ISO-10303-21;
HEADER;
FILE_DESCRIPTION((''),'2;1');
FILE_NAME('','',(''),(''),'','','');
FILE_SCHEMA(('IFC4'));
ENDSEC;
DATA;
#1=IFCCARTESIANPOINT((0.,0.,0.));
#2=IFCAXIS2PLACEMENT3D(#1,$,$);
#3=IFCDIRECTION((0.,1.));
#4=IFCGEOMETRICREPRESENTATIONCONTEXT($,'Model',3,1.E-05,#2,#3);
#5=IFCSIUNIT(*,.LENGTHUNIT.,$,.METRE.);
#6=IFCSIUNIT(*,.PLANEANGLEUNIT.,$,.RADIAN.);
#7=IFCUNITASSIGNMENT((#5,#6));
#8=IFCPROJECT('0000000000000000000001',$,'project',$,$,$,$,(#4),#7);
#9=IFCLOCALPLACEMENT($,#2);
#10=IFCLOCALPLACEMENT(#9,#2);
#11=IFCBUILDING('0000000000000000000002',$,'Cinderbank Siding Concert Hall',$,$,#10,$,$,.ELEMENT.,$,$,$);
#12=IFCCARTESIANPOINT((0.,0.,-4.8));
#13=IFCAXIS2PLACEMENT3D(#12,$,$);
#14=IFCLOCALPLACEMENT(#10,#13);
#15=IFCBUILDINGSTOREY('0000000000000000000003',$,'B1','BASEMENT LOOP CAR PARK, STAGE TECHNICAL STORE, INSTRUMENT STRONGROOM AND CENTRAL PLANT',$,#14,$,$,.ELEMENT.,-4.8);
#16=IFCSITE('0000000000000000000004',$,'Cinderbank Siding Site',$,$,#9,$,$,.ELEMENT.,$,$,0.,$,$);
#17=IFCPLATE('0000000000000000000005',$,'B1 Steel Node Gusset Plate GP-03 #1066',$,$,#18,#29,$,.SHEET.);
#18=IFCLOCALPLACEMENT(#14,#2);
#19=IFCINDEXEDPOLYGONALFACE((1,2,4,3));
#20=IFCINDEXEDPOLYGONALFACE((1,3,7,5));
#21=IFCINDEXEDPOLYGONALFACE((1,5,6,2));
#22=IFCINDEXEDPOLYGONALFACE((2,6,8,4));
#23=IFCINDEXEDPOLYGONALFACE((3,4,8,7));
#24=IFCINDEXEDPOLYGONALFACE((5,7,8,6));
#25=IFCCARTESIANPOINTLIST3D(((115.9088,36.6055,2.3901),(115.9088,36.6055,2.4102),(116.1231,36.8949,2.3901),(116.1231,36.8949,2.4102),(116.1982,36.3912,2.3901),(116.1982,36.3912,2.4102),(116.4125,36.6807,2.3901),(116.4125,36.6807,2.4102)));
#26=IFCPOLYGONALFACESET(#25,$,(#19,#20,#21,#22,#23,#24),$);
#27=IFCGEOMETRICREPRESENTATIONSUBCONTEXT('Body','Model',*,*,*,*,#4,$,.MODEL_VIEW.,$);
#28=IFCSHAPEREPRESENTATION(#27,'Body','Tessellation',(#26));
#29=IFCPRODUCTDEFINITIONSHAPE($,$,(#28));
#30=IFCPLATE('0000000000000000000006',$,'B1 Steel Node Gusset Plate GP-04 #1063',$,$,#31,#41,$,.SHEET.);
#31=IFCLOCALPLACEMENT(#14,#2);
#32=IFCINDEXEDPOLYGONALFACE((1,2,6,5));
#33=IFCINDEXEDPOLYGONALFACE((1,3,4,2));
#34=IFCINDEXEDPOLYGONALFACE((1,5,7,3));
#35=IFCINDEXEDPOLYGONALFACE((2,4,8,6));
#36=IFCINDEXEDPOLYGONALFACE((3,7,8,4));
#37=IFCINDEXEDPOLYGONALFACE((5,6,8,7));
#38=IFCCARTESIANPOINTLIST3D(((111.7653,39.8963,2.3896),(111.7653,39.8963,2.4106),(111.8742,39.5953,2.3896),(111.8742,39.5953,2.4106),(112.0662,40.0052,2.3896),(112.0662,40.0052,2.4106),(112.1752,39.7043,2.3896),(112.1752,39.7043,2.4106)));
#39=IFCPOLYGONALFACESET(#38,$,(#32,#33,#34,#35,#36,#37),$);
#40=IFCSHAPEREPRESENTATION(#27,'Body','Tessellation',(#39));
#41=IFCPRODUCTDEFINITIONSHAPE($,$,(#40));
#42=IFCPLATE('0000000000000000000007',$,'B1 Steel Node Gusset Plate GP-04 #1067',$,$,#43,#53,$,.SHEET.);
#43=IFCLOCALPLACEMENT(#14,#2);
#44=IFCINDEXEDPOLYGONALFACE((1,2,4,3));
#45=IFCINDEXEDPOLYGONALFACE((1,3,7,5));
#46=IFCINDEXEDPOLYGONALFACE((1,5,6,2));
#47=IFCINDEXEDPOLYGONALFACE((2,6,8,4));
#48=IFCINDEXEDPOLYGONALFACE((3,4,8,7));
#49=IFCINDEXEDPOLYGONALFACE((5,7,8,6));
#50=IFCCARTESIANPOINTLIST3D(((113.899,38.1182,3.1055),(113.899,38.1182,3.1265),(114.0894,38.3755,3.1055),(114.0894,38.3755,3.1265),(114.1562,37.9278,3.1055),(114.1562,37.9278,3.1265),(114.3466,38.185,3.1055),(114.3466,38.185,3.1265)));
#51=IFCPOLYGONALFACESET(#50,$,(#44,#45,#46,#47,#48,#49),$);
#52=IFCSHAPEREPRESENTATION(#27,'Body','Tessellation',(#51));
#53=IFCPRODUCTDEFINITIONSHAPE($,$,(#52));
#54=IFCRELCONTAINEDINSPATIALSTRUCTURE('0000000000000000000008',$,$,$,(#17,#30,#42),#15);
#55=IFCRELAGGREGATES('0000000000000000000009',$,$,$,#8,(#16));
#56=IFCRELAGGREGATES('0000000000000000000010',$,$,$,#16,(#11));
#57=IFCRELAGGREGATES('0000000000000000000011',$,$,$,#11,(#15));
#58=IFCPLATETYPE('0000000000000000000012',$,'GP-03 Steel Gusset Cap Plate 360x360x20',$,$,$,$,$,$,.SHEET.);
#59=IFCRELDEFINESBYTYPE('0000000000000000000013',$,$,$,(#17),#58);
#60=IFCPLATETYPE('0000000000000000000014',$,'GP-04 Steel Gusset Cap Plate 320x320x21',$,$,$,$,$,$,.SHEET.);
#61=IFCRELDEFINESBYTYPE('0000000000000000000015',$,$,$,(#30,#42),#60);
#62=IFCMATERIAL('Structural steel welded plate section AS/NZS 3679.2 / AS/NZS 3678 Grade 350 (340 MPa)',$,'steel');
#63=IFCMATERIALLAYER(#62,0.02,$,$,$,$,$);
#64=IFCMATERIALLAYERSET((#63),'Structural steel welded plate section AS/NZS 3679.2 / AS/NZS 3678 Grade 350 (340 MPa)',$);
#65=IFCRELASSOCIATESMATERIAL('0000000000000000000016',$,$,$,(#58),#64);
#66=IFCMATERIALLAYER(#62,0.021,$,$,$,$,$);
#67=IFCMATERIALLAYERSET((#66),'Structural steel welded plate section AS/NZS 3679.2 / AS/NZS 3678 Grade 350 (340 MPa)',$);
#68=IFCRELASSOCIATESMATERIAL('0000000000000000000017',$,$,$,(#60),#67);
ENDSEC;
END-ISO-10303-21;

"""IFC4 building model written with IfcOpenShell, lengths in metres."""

from ifc_helpers import new_model, si_unit, direction, frame, origin, origin_2d, place, context, subcontext, project, spatial, rectangle, extrude, material, layer, layer_set, type_object, element, save


model = new_model("IFC4")

# Units and contexts
model_context = context("Model", 3, precision=1e-05, world=origin(), true_north=direction((0.0, 1.0)))
body_context = subcontext(model_context, "Body", "Model", "MODEL_VIEW")
ifc_project = project(units=[si_unit("LENGTHUNIT", "METRE"), si_unit("PLANEANGLEUNIT", "RADIAN")], contexts=[model_context])

# Site, building, storey
site_placement = place(None, origin())
site = spatial("IfcSite", under=ifc_project, at=site_placement, Name="Cinderbank Siding Site", CompositionType="ELEMENT", RefElevation=0.0)
building_placement = place(site_placement, origin())
building = spatial("IfcBuilding", under=site, at=building_placement, Name="Cinderbank Siding Concert Hall", CompositionType="ELEMENT")
storey_placement = place(building_placement, frame((0.0, 0.0, -4.8)))
storey = spatial("IfcBuildingStorey", under=building, at=storey_placement, Name="B1", Description="BASEMENT LOOP CAR PARK, STAGE TECHNICAL STORE, INSTRUMENT STRONGROOM AND CENTRAL PLANT", CompositionType="ELEMENT", Elevation=-4.8)

# Plates
ifc_material_1 = material(Name="Structural steel welded plate section AS/NZS 3679.2 / AS/NZS 3678 Grade 350 (340 MPa)", Category="steel")
ifc_layer_1 = layer(ifc_material_1, 0.02)
ifc_layer_set_1 = layer_set([ifc_layer_1], Name="Structural steel welded plate section AS/NZS 3679.2 / AS/NZS 3678 Grade 350 (340 MPa)")
plate_type_1 = type_object("IfcPlateType", Name="GP-03 Steel Gusset Cap Plate 360x360x20", PredefinedType="SHEET", material=ifc_layer_set_1)
for number, where, z_axis, x_axis, name in (
    (1, (116.1606, 36.6431, 2.3901), (0.0, 0.0, 1.0), (-0.803753, 0.594963, 0.0), "B1 Steel Node Gusset Plate GP-03 #1066"),
):
    element("IfcPlate", number, at=place(storey_placement, frame(where, z_axis=z_axis, x_axis=x_axis)), inside=storey, type_object=plate_type_1, Name=name, PredefinedType="SHEET", context=body_context, shape_type="SweptSolid", body=[
        extrude(rectangle(XDim=0.3601, YDim=0.3601, at=origin_2d()), origin(), (0.0, 0.0, 1.0), 0.02),
    ])
ifc_layer_2 = layer(ifc_material_1, 0.021)
ifc_layer_set_2 = layer_set([ifc_layer_2], Name="Structural steel welded plate section AS/NZS 3679.2 / AS/NZS 3678 Grade 350 (340 MPa)")
plate_type_2 = type_object("IfcPlateType", Name="GP-04 Steel Gusset Cap Plate 320x320x21", PredefinedType="SHEET", material=ifc_layer_set_2)
for number, where, z_axis, x_axis, name in (
    (2, (111.9702, 39.8003, 2.3896), (0.0, 0.0, 1.0), (-0.34038, 0.940288, 0.0), "B1 Steel Node Gusset Plate GP-04 #1063"),
    (3, (114.1228, 38.1516, 3.1055), (0.0, 0.0, 1.0), (-0.803753, 0.594963, 0.0), "B1 Steel Node Gusset Plate GP-04 #1067"),
):
    element("IfcPlate", number, at=place(storey_placement, frame(where, z_axis=z_axis, x_axis=x_axis)), inside=storey, type_object=plate_type_2, Name=name, PredefinedType="SHEET", context=body_context, shape_type="SweptSolid", body=[
        extrude(rectangle(XDim=0.3201, YDim=0.3201, at=origin_2d()), origin(), (0.0, 0.0, 1.0), 0.021),
    ])

save(model, "model.ifc")
